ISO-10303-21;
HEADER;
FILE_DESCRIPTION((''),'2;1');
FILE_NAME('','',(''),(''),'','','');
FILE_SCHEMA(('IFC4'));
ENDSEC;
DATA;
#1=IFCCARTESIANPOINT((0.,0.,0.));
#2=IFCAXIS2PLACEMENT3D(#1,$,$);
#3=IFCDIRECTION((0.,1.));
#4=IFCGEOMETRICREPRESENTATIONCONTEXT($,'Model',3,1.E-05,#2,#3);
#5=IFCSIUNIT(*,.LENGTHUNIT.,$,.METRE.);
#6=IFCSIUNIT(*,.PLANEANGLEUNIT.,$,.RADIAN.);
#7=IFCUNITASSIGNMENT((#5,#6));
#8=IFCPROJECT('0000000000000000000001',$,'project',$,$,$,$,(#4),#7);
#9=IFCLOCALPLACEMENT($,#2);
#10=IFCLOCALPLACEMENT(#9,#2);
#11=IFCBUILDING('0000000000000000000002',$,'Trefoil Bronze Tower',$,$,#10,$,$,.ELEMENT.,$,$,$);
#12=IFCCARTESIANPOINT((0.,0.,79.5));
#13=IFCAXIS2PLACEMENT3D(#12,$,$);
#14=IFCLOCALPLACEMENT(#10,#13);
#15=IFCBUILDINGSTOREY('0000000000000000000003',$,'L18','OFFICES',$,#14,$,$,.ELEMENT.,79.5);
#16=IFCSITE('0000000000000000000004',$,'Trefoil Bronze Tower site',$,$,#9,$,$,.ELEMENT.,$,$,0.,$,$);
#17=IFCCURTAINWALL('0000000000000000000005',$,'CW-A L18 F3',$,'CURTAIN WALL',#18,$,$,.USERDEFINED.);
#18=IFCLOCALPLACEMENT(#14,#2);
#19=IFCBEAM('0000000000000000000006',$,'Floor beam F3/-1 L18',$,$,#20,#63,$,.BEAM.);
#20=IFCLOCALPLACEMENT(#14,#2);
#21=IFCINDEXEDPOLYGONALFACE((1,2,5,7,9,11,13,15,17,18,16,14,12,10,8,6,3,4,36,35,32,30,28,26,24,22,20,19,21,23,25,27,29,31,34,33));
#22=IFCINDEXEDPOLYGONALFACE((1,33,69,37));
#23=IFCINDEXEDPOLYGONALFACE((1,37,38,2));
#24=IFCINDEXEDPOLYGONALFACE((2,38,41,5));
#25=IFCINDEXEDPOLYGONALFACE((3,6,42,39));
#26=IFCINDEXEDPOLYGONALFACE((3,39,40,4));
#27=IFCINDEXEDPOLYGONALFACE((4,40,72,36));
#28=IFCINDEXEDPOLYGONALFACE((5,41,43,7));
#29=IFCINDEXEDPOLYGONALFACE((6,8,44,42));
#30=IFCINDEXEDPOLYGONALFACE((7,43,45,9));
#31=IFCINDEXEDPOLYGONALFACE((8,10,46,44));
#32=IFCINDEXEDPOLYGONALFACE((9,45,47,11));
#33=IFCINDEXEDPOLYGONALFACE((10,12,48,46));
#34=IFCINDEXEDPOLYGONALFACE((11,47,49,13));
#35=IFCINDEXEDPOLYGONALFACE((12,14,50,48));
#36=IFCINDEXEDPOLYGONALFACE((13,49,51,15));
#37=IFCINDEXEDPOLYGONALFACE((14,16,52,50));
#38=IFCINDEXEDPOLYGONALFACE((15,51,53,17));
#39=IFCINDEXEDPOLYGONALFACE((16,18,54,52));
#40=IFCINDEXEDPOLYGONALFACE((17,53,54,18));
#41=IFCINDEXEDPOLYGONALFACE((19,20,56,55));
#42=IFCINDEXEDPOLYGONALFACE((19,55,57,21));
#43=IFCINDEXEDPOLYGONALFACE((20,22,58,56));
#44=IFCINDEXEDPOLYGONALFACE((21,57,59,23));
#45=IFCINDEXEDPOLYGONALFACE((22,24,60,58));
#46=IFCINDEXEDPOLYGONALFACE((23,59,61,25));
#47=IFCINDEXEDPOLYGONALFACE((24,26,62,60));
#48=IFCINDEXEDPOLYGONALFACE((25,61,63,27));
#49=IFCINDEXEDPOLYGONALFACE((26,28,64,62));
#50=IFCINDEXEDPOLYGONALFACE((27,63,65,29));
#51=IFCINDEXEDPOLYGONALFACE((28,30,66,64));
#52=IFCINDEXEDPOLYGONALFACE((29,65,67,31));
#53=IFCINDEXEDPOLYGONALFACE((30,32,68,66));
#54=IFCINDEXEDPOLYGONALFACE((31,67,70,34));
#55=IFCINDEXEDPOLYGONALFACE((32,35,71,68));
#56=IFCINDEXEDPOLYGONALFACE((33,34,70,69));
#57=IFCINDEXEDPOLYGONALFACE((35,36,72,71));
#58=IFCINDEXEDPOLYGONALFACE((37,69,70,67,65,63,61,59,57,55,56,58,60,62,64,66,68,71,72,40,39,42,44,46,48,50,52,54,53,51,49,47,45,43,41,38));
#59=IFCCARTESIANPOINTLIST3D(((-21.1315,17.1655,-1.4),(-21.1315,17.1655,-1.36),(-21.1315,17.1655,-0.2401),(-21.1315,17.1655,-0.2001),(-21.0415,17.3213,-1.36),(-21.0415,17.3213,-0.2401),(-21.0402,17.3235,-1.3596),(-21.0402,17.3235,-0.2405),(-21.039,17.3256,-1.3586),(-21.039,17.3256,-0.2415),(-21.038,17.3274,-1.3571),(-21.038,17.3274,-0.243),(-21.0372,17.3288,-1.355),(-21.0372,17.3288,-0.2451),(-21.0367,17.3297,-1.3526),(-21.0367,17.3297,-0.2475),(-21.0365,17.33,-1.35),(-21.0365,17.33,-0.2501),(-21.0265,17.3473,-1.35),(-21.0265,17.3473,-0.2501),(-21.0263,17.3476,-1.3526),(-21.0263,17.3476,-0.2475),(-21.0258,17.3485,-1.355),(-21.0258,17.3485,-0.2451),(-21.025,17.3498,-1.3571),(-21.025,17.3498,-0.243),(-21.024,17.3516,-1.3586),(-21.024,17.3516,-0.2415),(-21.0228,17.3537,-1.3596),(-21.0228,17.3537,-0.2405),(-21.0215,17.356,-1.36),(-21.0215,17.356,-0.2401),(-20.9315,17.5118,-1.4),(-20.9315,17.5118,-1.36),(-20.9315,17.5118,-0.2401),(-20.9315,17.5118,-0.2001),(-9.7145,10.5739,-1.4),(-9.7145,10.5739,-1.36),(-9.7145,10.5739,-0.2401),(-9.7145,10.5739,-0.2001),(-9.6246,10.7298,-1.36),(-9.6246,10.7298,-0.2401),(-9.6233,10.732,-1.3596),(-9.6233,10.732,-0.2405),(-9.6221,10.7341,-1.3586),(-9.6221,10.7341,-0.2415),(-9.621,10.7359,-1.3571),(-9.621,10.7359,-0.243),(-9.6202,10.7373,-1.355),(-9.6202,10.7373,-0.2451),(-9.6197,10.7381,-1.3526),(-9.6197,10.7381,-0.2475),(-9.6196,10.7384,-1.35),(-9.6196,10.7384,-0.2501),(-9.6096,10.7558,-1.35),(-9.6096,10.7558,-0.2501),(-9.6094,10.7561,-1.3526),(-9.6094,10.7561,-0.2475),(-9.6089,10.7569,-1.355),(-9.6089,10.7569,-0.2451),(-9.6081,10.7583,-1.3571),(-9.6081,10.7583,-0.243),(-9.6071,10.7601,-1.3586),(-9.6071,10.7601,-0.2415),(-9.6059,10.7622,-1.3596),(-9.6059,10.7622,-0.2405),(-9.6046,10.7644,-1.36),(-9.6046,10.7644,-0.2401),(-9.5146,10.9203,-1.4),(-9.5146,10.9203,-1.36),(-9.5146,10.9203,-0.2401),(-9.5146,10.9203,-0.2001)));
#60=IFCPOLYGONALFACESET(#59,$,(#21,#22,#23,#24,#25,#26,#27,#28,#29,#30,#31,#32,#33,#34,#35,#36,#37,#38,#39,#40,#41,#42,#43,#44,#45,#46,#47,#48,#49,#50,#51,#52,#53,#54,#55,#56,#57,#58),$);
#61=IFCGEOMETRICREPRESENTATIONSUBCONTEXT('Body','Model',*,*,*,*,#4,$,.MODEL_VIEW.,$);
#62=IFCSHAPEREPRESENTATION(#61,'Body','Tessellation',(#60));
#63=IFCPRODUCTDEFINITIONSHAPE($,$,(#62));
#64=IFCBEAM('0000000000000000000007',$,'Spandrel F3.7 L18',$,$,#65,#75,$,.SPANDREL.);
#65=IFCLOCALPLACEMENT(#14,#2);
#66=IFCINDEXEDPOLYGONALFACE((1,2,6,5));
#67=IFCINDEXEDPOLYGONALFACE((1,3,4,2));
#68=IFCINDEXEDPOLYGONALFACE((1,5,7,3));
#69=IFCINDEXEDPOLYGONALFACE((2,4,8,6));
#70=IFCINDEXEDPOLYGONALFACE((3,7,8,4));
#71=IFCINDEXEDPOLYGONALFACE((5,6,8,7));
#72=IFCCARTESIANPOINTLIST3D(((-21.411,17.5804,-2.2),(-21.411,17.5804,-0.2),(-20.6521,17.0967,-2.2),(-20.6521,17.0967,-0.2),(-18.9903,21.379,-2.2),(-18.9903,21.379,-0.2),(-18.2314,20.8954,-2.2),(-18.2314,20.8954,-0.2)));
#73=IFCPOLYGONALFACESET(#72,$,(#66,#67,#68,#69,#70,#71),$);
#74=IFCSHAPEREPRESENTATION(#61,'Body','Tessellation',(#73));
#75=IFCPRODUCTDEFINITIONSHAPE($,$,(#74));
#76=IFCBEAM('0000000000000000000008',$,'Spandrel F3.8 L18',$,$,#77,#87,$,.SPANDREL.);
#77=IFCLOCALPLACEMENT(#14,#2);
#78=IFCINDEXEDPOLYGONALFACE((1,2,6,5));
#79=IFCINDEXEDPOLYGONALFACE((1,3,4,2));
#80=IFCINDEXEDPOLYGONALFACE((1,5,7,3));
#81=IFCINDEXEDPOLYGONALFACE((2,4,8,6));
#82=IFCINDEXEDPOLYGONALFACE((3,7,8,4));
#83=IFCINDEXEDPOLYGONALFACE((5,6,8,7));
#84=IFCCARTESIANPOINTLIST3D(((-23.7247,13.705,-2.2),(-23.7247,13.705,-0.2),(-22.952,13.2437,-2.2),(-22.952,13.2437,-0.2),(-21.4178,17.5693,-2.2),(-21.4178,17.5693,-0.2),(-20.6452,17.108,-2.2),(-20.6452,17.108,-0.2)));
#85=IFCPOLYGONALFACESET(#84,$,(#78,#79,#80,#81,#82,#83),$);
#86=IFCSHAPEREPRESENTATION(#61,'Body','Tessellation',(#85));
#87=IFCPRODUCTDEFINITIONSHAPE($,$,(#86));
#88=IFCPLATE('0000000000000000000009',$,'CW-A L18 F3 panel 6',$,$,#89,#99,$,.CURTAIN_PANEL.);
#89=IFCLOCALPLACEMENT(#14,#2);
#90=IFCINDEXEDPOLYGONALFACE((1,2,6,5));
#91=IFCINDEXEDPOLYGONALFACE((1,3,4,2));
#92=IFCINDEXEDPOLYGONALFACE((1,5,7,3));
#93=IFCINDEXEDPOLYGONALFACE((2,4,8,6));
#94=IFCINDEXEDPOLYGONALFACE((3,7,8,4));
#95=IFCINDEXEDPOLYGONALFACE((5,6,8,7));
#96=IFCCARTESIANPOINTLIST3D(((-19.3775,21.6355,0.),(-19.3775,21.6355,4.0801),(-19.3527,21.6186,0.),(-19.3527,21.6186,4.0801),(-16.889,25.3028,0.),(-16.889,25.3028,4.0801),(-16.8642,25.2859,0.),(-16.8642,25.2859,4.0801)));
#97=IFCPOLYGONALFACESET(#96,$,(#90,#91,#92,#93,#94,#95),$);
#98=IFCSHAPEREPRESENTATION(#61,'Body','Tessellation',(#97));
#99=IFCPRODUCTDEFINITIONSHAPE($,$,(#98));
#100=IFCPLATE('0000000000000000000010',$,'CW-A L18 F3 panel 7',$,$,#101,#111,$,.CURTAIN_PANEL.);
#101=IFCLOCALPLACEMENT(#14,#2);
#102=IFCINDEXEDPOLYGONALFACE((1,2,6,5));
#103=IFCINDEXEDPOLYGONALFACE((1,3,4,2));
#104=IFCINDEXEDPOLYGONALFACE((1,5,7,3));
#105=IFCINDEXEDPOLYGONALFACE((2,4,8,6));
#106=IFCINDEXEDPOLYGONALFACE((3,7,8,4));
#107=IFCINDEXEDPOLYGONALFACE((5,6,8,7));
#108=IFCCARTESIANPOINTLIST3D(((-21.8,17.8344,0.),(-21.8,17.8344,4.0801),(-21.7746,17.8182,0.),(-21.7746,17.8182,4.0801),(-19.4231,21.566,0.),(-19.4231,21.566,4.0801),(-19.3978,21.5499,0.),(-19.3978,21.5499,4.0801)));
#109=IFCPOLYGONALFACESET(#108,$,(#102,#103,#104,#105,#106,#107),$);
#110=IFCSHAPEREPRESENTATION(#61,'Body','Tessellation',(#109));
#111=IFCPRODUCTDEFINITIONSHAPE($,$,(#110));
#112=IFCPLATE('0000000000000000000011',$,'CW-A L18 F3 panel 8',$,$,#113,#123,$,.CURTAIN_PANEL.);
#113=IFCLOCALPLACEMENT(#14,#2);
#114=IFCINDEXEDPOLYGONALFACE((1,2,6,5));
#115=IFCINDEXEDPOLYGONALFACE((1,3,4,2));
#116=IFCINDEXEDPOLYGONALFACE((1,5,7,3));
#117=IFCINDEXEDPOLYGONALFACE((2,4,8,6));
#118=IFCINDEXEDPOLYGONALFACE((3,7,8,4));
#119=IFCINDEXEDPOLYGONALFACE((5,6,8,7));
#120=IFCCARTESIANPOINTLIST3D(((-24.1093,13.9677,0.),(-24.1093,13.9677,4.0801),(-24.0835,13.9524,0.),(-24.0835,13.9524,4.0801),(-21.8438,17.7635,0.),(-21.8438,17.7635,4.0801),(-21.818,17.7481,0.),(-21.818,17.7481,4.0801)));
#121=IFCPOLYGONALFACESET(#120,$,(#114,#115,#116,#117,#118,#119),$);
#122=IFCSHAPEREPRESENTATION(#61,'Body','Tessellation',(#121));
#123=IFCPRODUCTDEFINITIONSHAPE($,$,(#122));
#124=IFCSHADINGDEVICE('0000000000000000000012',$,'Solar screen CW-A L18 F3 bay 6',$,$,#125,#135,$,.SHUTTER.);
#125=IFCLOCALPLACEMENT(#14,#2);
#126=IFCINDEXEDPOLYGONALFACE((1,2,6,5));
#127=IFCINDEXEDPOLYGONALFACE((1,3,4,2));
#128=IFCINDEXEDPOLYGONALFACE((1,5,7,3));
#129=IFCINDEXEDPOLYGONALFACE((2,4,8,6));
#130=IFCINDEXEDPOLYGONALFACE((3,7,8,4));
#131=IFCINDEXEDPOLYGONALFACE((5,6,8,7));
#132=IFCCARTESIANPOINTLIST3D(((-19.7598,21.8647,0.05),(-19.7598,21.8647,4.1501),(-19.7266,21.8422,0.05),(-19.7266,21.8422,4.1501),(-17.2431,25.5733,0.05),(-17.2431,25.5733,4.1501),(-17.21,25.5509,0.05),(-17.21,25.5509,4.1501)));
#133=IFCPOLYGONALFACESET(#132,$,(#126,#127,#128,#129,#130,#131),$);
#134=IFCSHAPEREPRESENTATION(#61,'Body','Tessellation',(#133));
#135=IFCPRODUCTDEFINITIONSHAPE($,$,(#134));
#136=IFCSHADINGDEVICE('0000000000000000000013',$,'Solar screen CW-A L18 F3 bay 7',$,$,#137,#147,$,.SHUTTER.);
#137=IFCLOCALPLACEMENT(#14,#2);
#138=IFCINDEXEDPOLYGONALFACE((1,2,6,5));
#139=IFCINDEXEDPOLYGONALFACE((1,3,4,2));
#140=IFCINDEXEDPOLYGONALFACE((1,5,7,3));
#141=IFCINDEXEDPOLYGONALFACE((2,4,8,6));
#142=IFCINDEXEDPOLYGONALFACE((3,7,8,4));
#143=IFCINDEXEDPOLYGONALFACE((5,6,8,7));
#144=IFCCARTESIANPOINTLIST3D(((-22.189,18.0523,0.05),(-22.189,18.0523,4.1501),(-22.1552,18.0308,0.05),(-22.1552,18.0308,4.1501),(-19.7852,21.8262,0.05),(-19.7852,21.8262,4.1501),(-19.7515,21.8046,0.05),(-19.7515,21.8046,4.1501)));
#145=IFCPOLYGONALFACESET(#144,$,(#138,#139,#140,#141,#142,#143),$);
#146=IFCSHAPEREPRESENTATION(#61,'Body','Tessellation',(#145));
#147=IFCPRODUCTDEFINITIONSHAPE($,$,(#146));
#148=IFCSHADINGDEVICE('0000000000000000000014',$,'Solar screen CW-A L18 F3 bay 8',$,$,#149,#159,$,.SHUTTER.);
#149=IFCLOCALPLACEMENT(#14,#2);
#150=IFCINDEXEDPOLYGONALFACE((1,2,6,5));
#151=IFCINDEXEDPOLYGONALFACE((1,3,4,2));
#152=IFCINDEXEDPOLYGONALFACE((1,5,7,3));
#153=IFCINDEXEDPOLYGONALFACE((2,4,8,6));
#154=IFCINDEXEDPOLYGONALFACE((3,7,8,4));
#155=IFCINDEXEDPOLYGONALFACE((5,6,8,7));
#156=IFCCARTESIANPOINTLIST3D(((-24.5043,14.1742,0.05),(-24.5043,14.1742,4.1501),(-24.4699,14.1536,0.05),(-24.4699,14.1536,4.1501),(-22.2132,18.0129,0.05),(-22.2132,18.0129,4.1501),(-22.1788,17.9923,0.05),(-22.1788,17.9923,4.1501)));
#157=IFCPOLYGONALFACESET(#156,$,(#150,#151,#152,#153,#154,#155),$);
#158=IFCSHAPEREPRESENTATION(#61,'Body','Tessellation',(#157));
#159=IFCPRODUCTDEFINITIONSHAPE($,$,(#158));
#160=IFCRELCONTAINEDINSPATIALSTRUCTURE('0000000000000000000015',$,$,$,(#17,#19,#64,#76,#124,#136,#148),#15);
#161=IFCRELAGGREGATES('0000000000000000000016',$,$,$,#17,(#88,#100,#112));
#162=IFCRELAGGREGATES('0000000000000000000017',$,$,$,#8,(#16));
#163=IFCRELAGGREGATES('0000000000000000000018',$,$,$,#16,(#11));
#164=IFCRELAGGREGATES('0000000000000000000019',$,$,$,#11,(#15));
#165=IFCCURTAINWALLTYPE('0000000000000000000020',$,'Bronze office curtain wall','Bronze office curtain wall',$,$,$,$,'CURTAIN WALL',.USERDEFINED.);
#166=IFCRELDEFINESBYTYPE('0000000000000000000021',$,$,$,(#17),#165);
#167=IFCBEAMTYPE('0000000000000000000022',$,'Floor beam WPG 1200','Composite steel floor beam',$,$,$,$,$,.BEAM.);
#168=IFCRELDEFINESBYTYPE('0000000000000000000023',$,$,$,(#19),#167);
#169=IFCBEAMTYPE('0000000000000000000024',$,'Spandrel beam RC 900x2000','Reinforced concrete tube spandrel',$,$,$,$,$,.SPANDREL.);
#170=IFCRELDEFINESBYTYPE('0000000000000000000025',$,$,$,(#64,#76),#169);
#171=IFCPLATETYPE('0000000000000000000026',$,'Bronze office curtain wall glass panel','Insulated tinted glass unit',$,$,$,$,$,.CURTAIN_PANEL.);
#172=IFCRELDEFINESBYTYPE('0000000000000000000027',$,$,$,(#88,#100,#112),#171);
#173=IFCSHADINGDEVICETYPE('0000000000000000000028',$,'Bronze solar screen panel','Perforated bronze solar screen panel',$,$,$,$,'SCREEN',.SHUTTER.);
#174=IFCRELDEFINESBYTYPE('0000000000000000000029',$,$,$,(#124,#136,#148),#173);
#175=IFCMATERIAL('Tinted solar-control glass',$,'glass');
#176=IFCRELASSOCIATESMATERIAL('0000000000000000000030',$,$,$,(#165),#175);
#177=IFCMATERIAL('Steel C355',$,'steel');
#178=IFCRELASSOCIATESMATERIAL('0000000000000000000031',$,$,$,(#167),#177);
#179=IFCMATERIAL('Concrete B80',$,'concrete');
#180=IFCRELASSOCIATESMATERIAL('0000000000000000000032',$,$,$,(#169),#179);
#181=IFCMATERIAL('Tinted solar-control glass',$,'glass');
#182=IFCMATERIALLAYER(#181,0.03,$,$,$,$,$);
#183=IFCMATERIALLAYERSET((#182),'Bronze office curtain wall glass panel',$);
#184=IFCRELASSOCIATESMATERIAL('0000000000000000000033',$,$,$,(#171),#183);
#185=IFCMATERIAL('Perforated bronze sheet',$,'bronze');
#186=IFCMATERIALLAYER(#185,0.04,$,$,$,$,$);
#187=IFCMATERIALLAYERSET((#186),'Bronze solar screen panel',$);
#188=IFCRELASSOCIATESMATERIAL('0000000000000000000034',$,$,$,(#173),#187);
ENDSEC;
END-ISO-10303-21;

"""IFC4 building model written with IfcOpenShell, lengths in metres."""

from ifc_helpers import new_model, si_unit, direction, frame, origin, origin_2d, place, context, subcontext, project, spatial, rectangle, i_section, extrude, material, layer, layer_set, material_profile, profile_set, type_object, element, aggregate, save


model = new_model("IFC4")

# Units and contexts
model_context = context("Model", 3, precision=1e-05, world=origin(), true_north=direction((0.0, 1.0)))
body_context = subcontext(model_context, "Body", "Model", "MODEL_VIEW")
ifc_project = project(units=[si_unit("LENGTHUNIT", "METRE"), si_unit("PLANEANGLEUNIT", "RADIAN")], contexts=[model_context])

# Site, building, storey
site_placement = place(None, origin())
site = spatial("IfcSite", under=ifc_project, at=site_placement, Name="Trefoil Bronze Tower site", CompositionType="ELEMENT", RefElevation=0.0)
building_placement = place(site_placement, origin())
building = spatial("IfcBuilding", under=site, at=building_placement, Name="Trefoil Bronze Tower", CompositionType="ELEMENT")
storey_placement = place(building_placement, frame((0.0, 0.0, 79.5)))
storey = spatial("IfcBuildingStorey", under=building, at=storey_placement, Name="L18", Description="OFFICES", CompositionType="ELEMENT", Elevation=79.5)

# Curtain wall
ifc_material_1 = material(Name="Tinted solar-control glass", Category="glass")
curtain_wall_type = type_object("IfcCurtainWallType", Name="Bronze office curtain wall", Description="Bronze office curtain wall", ElementType="CURTAIN WALL", PredefinedType="USERDEFINED", material=ifc_material_1)
curtain_wall_placement = place(storey_placement, origin())
curtain_wall = element("IfcCurtainWall", 1, at=curtain_wall_placement, inside=storey, type_object=curtain_wall_type, Name="CW-A L18 F3", ObjectType="CURTAIN WALL", PredefinedType="USERDEFINED")

# Beams
ifc_material_2 = material(Name="Steel C355", Category="steel")
ifc_material_profile_1 = material_profile(ifc_material_2, i_section(OverallWidth=0.3999, OverallDepth=1.2, WebThickness=0.02, FlangeThickness=0.04, FilletRadius=0.01, at=origin_2d()), Name="WPG 1200")
ifc_profile_set_1 = profile_set([ifc_material_profile_1], Name="Steel C355")
beam_type_1 = type_object("IfcBeamType", Name="Floor beam WPG 1200", Description="Composite steel floor beam", PredefinedType="BEAM", material=ifc_profile_set_1)
beam_1_placement = place(storey_placement, frame((-21.0315, 17.3386, -0.8), z_axis=(0.866027, -0.499997, 0.0), x_axis=(0.499997, 0.866027, 0.0)))
element("IfcBeam", 2, at=beam_1_placement, inside=storey, type_object=beam_type_1, Name="Floor beam F3/-1 L18", PredefinedType="BEAM", context=body_context, shape_type="SweptSolid", body=[
    extrude(i_section(OverallWidth=0.3999, OverallDepth=1.2, WebThickness=0.02, FlangeThickness=0.04, FilletRadius=0.01, at=origin_2d()), origin(), (0.0, 0.0, 1.0), 13.1831),
])
ifc_material_3 = material(Name="Concrete B80", Category="concrete")
ifc_material_profile_2 = material_profile(ifc_material_3, rectangle(XDim=0.8999, YDim=2.0, at=origin_2d()), Name="RC 900x2000")
ifc_profile_set_2 = profile_set([ifc_material_profile_2], Name="Concrete B80")
beam_type_2 = type_object("IfcBeamType", Name="Spandrel beam RC 900x2000", Description="Reinforced concrete tube spandrel", PredefinedType="SPANDREL", material=ifc_profile_set_2)
beam_2_placement = place(storey_placement, frame((-18.6108, 21.1372, -1.2), z_axis=(-0.537408, -0.843322, 0.0), x_axis=(0.843322, -0.537408, 0.0)))
element("IfcBeam", 3, at=beam_2_placement, inside=storey, type_object=beam_type_2, Name="Spandrel F3.7 L18", PredefinedType="SPANDREL", context=body_context, shape_type="SweptSolid", body=[
    extrude(rectangle(XDim=0.8999, YDim=2.0, at=origin_2d()), origin(), (0.0, 0.0, 1.0), 4.5044),
])
beam_3_placement = place(storey_placement, frame((-21.0315, 17.3386, -1.2), z_axis=(-0.512588, -0.858635, 0.0), x_axis=(0.858635, -0.512588, 0.0)))
element("IfcBeam", 4, at=beam_3_placement, inside=storey, type_object=beam_type_2, Name="Spandrel F3.8 L18", PredefinedType="SPANDREL", context=body_context, shape_type="SweptSolid", body=[
    extrude(rectangle(XDim=0.8999, YDim=2.0, at=origin_2d()), origin(), (0.0, 0.0, 1.0), 4.5005),
])

# Plates
ifc_material_4 = material(Name="Tinted solar-control glass", Category="glass")
ifc_layer_1 = layer(ifc_material_4, 0.03)
ifc_layer_set_1 = layer_set([ifc_layer_1], Name="Bronze office curtain wall glass panel")
plate_type = type_object("IfcPlateType", Name="Bronze office curtain wall glass panel", Description="Insulated tinted glass unit", PredefinedType="CURTAIN_PANEL", material=ifc_layer_set_1)
plate_1_placement = place(storey_placement, frame((-18.1208, 23.4607, 0.0), z_axis=(0.0, 0.0, 1.0), x_axis=(-0.56151, -0.82747, 0.0)))
plate_1 = element("IfcPlate", 5, at=plate_1_placement, type_object=plate_type, Name="CW-A L18 F3 panel 6", PredefinedType="CURTAIN_PANEL", context=body_context, shape_type="SweptSolid", body=[
    extrude(rectangle(XDim=4.4319, YDim=0.03, at=origin_2d()), origin(), (0.0, 0.0, 1.0), 4.0801),
])
plate_2_placement = place(storey_placement, frame((-20.5989, 19.6921, 0.0), z_axis=(0.0, 0.0, 1.0), x_axis=(-0.537222, -0.843441, 0.0)))
plate_2 = element("IfcPlate", 6, at=plate_2_placement, type_object=plate_type, Name="CW-A L18 F3 panel 7", PredefinedType="CURTAIN_PANEL", context=body_context, shape_type="SweptSolid", body=[
    extrude(rectangle(XDim=4.4243, YDim=0.03, at=origin_2d()), origin(), (0.0, 0.0, 1.0), 4.0801),
])
plate_3_placement = place(storey_placement, frame((-22.9636, 15.8579, 0.0), z_axis=(0.0, 0.0, 1.0), x_axis=(-0.512513, -0.85868, 0.0)))
plate_3 = element("IfcPlate", 7, at=plate_3_placement, type_object=plate_type, Name="CW-A L18 F3 panel 8", PredefinedType="CURTAIN_PANEL", context=body_context, shape_type="SweptSolid", body=[
    extrude(rectangle(XDim=4.4204, YDim=0.03, at=origin_2d()), origin(), (0.0, 0.0, 1.0), 4.0801),
])
aggregate(curtain_wall, [plate_1, plate_2, plate_3])

# Shading devices
ifc_material_5 = material(Name="Perforated bronze sheet", Category="bronze")
ifc_layer_2 = layer(ifc_material_5, 0.04)
ifc_layer_set_2 = layer_set([ifc_layer_2], Name="Bronze solar screen panel")
shading_device_type = type_object("IfcShadingDeviceType", Name="Bronze solar screen panel", Description="Perforated bronze solar screen panel", ElementType="SCREEN", PredefinedType="SHUTTER", material=ifc_layer_set_2)
shading_device_1_placement = place(storey_placement, frame((-18.4849, 23.7078, 0.05), z_axis=(0.0, 0.0, 1.0), x_axis=(-0.56151, -0.82747, 0.0)))
element("IfcShadingDevice", 8, at=shading_device_1_placement, inside=storey, type_object=shading_device_type, Name="Solar screen CW-A L18 F3 bay 6", PredefinedType="SHUTTER", context=body_context, shape_type="SweptSolid", body=[
    extrude(rectangle(XDim=4.4819, YDim=0.04, at=origin_2d()), origin(), (0.0, 0.0, 1.0), 4.1001),
])
shading_device_2_placement = place(storey_placement, frame((-20.9702, 19.9285, 0.05), z_axis=(0.0, 0.0, 1.0), x_axis=(-0.537222, -0.843441, 0.0)))
element("IfcShadingDevice", 9, at=shading_device_2_placement, inside=storey, type_object=shading_device_type, Name="Solar screen CW-A L18 F3 bay 7", PredefinedType="SHUTTER", context=body_context, shape_type="SweptSolid", body=[
    extrude(rectangle(XDim=4.4744, YDim=0.04, at=origin_2d()), origin(), (0.0, 0.0, 1.0), 4.1001),
])
shading_device_3_placement = place(storey_placement, frame((-23.3416, 16.0833, 0.05), z_axis=(0.0, 0.0, 1.0), x_axis=(-0.512513, -0.85868, 0.0)))
element("IfcShadingDevice", 10, at=shading_device_3_placement, inside=storey, type_object=shading_device_type, Name="Solar screen CW-A L18 F3 bay 8", PredefinedType="SHUTTER", context=body_context, shape_type="SweptSolid", body=[
    extrude(rectangle(XDim=4.4705, YDim=0.04, at=origin_2d()), origin(), (0.0, 0.0, 1.0), 4.1001),
])

save(model, "model.ifc")
